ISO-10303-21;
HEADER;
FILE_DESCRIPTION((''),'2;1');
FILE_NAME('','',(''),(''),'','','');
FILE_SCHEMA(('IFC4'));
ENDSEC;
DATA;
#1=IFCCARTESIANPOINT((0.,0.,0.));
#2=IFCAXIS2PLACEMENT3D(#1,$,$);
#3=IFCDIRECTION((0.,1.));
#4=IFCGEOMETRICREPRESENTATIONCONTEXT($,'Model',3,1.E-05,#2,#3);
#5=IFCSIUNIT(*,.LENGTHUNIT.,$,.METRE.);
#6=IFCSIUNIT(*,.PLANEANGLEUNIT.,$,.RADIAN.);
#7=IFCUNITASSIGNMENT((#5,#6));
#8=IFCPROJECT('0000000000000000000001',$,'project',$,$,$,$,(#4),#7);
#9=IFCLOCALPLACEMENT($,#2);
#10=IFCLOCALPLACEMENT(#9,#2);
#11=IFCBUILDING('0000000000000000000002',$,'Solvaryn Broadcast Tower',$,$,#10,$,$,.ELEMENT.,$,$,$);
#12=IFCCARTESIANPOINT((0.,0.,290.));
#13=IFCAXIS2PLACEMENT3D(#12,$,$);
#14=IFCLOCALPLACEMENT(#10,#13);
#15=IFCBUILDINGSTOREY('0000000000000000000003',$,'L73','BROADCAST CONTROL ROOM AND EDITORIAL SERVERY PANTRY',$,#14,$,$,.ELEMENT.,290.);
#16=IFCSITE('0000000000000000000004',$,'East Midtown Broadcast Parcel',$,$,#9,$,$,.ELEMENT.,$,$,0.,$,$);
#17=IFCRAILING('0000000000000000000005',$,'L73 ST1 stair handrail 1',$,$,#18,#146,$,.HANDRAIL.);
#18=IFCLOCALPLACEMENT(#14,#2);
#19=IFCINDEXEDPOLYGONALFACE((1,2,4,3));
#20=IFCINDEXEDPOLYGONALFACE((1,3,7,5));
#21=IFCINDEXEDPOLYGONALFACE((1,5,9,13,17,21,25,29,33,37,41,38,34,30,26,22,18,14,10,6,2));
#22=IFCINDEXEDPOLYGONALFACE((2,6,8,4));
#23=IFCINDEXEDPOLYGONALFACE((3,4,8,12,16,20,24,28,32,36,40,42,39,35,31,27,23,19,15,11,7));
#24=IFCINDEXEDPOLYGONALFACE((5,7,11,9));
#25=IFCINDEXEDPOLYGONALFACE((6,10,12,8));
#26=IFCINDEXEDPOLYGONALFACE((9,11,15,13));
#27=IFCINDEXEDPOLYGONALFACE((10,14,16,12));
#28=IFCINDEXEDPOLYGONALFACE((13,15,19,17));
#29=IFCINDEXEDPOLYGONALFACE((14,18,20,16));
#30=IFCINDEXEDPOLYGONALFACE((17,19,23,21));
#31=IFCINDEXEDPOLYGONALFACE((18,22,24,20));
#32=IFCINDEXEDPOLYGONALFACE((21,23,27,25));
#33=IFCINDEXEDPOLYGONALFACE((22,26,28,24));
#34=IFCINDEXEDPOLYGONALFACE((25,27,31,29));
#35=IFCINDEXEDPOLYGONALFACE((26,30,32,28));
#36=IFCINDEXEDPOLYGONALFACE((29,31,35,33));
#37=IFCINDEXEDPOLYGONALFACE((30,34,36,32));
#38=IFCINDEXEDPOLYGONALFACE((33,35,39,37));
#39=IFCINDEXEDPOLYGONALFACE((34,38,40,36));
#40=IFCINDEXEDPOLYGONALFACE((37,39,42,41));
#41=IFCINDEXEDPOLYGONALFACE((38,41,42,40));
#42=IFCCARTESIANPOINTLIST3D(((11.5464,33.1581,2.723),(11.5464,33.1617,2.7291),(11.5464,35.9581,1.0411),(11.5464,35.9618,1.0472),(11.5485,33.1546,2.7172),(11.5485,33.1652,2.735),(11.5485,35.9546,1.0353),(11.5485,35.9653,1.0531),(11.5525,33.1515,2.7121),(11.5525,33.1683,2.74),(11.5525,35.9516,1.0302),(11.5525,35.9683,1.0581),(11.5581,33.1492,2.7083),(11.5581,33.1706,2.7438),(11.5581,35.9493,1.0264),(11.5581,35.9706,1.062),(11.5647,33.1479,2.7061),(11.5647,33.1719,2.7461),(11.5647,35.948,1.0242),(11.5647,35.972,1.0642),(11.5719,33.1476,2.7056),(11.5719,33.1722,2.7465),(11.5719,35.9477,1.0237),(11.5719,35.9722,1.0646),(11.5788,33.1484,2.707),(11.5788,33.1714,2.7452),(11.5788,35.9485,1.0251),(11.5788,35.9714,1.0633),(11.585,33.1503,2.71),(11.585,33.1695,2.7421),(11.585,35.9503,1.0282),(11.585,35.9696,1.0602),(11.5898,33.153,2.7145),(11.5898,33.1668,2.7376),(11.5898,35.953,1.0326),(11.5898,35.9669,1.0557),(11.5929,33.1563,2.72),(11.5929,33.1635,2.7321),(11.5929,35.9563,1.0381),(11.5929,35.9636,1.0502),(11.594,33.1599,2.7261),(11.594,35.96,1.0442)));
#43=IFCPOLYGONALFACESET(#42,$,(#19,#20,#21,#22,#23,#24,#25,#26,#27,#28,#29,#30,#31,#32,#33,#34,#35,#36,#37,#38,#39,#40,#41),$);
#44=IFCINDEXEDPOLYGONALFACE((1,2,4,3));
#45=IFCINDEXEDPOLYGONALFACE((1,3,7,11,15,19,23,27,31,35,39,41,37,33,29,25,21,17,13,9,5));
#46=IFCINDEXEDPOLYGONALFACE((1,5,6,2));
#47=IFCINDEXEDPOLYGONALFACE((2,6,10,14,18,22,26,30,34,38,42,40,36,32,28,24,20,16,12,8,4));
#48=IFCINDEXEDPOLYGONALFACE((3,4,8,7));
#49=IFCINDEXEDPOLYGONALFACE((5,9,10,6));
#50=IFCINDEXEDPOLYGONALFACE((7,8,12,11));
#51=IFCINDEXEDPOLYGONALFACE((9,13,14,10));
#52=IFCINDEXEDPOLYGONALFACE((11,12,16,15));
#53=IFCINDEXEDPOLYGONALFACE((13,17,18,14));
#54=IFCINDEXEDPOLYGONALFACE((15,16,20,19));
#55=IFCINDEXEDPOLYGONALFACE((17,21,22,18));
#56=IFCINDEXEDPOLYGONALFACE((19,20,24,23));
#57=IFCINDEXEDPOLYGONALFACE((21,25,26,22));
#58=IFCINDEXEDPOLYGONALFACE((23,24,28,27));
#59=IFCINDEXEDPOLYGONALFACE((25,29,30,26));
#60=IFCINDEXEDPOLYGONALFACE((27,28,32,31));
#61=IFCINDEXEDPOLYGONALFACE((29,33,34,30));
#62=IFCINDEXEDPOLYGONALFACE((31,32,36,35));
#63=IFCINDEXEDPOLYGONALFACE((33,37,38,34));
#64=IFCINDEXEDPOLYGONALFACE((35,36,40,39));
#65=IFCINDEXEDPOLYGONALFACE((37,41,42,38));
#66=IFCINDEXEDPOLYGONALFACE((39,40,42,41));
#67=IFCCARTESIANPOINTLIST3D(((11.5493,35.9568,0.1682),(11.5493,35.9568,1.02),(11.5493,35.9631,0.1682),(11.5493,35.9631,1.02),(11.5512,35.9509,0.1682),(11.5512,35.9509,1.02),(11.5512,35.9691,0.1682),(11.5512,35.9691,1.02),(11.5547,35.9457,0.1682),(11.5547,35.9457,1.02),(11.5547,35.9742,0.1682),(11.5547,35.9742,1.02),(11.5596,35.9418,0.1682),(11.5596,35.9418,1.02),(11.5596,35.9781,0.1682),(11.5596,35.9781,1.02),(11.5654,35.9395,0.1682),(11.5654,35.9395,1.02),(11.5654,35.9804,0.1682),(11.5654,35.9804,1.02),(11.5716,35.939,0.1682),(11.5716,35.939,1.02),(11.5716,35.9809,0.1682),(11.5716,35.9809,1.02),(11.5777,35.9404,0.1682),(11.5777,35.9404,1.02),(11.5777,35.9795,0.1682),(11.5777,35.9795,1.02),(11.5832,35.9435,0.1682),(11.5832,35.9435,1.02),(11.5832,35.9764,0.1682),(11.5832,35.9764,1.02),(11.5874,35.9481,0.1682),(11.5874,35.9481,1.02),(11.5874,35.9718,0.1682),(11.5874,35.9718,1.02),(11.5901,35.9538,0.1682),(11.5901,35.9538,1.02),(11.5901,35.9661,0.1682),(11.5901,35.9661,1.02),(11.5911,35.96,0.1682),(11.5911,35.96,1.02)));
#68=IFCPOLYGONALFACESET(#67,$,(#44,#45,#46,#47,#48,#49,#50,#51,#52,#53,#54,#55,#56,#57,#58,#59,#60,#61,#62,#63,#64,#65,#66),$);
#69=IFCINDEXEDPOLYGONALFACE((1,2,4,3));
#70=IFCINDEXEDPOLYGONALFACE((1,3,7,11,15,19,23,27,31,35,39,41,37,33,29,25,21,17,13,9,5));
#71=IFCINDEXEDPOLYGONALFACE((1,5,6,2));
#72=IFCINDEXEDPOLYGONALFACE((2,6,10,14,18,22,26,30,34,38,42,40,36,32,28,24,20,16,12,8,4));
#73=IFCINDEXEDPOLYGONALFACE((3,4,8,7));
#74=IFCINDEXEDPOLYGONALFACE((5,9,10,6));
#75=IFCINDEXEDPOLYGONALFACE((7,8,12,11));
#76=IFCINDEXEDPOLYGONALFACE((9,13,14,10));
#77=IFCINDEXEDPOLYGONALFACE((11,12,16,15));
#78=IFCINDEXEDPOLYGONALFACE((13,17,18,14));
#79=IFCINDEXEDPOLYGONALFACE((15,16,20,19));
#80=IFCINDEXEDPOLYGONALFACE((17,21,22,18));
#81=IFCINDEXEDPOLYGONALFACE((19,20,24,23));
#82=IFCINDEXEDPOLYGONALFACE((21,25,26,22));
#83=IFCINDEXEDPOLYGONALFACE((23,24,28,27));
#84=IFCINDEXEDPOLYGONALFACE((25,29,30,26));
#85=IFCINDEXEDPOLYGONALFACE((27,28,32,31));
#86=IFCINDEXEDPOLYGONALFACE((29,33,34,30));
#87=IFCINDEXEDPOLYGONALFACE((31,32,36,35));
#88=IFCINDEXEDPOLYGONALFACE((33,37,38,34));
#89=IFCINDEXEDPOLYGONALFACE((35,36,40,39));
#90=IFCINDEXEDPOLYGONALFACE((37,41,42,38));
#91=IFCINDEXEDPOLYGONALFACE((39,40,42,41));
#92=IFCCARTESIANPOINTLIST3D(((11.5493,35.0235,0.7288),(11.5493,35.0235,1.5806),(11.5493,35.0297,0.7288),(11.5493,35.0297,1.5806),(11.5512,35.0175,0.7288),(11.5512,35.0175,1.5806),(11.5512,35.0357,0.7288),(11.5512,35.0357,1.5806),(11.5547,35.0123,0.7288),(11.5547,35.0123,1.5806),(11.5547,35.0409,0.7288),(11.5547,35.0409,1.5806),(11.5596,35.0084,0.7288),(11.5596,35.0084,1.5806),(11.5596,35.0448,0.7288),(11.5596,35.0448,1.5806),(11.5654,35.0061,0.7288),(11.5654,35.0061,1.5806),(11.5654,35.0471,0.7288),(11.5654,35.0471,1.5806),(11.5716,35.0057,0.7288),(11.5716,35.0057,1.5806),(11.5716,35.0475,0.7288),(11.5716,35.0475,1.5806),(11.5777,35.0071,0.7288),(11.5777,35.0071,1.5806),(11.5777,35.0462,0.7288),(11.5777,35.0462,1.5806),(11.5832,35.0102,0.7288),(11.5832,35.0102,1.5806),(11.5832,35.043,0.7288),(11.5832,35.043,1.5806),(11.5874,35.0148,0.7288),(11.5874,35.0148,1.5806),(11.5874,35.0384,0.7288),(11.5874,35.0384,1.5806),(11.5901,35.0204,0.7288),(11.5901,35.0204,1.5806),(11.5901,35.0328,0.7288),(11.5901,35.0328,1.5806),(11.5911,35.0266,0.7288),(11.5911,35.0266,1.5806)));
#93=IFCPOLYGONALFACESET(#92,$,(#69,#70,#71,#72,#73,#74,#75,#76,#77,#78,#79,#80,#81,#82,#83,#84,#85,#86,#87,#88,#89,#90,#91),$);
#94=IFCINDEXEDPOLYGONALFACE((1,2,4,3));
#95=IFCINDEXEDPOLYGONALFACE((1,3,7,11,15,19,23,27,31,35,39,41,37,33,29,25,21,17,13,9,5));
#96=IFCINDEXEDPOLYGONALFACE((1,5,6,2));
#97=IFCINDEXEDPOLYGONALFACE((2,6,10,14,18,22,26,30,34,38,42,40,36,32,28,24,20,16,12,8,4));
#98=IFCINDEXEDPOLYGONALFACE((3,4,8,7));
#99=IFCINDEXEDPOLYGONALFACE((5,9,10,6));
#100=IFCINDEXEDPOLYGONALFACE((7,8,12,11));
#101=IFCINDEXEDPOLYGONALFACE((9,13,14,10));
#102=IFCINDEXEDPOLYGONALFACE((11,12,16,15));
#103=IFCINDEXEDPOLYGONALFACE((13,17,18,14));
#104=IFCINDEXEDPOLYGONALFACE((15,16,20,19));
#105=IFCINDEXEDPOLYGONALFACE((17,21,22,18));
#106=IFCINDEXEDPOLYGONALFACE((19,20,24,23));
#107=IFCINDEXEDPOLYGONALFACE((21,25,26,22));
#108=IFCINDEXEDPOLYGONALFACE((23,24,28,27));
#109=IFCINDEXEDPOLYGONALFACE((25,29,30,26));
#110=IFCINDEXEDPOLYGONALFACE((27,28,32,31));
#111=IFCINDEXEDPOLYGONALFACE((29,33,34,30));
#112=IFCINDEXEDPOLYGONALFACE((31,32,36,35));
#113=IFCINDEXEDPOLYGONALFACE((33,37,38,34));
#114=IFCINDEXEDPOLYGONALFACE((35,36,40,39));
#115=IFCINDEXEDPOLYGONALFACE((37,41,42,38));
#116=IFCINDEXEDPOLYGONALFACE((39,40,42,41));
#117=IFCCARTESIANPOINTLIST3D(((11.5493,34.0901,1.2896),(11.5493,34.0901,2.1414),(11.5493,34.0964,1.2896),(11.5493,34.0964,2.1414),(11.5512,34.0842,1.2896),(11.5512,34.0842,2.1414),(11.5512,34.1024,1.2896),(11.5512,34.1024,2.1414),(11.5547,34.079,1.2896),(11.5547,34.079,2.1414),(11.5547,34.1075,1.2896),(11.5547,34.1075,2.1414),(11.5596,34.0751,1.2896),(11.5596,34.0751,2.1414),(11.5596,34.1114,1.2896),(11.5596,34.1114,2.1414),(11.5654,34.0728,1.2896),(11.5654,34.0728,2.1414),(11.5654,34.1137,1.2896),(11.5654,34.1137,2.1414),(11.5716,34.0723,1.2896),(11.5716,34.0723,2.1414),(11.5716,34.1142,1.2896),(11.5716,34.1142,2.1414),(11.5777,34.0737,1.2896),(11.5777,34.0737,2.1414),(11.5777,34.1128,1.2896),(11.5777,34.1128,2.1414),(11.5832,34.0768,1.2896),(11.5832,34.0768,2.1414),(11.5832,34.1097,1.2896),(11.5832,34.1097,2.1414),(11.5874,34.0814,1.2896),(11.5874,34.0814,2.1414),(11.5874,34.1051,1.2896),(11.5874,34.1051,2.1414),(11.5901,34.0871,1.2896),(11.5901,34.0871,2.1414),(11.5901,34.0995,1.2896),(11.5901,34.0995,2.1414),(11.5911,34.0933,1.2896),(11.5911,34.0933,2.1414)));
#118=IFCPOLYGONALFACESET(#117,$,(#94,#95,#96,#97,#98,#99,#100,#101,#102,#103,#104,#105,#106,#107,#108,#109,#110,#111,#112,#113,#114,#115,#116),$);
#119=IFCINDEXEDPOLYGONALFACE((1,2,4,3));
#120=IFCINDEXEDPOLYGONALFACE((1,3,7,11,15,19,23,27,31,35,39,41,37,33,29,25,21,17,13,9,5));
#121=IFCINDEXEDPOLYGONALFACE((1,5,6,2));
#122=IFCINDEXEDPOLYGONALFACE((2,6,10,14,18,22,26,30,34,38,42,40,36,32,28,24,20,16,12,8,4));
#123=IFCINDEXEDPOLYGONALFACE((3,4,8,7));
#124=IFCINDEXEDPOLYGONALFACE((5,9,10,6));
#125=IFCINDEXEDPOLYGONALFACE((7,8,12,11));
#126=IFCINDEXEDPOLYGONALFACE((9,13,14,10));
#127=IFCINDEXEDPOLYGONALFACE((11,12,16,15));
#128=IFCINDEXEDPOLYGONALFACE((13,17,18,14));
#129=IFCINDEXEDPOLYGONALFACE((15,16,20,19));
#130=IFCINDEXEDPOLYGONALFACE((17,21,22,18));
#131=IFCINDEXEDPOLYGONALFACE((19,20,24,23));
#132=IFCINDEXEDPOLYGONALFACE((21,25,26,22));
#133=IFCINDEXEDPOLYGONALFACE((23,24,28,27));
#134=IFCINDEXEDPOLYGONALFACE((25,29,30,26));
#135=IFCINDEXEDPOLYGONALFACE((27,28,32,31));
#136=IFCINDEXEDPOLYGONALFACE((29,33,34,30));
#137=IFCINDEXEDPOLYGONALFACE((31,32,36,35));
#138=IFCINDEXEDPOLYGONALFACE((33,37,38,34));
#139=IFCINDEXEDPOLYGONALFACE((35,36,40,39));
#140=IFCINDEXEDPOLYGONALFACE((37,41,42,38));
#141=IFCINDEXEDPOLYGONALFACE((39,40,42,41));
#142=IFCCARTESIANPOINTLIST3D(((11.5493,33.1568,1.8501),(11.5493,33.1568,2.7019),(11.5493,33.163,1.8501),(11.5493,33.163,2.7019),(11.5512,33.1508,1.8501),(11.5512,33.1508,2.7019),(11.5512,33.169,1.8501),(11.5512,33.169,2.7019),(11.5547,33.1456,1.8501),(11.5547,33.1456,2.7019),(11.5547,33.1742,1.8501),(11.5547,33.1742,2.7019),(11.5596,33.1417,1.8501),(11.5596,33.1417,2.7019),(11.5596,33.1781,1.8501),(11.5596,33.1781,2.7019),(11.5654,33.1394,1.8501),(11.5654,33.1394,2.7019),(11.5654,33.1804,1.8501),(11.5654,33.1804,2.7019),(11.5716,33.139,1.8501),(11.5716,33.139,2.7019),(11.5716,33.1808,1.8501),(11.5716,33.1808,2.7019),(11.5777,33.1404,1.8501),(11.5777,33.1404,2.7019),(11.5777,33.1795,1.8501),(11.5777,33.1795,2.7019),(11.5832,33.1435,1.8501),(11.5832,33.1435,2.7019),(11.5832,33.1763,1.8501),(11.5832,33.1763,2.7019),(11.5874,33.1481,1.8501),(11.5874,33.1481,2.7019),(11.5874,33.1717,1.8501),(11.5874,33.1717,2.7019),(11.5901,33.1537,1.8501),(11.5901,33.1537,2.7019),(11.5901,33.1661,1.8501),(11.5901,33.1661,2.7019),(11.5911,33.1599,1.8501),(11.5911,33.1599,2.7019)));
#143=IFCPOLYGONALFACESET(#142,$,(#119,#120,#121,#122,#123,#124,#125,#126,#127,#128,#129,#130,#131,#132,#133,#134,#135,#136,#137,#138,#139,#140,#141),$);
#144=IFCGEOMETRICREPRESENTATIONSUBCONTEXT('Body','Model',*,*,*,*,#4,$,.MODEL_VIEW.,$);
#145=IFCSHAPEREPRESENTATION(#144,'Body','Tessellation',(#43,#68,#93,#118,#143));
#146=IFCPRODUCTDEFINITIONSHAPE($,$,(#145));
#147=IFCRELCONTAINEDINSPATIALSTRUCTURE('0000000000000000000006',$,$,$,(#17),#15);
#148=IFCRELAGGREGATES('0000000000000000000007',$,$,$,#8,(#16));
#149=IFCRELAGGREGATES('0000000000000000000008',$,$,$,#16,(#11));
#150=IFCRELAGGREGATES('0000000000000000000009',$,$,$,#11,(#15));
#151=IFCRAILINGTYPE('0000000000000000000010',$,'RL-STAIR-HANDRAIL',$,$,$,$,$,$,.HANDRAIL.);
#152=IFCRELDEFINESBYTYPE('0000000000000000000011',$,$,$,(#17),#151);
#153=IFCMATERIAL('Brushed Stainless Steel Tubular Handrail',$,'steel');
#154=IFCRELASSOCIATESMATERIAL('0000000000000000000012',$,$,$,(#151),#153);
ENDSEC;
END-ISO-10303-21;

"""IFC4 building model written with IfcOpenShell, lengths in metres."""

from ifc_helpers import new_model, si_unit, direction, frame, origin, origin_2d, place, context, subcontext, project, spatial, circle, extrude, material, type_object, element, save


model = new_model("IFC4")

# Units and contexts
model_context = context("Model", 3, precision=1e-05, world=origin(), true_north=direction((0.0, 1.0)))
body_context = subcontext(model_context, "Body", "Model", "MODEL_VIEW")
ifc_project = project(units=[si_unit("LENGTHUNIT", "METRE"), si_unit("PLANEANGLEUNIT", "RADIAN")], contexts=[model_context])

# Site, building, storey
site_placement = place(None, origin())
site = spatial("IfcSite", under=ifc_project, at=site_placement, Name="East Midtown Broadcast Parcel", CompositionType="ELEMENT", RefElevation=0.0)
building_placement = place(site_placement, origin())
building = spatial("IfcBuilding", under=site, at=building_placement, Name="Solvaryn Broadcast Tower", CompositionType="ELEMENT")
storey_placement = place(building_placement, frame((0.0, 0.0, 290.0)))
storey = spatial("IfcBuildingStorey", under=building, at=storey_placement, Name="L73", Description="BROADCAST CONTROL ROOM AND EDITORIAL SERVERY PANTRY", CompositionType="ELEMENT", Elevation=290.0)

# Railing
ifc_material_1 = material(Name="Brushed Stainless Steel Tubular Handrail", Category="steel")
railing_type_1 = type_object("IfcRailingType", Name="RL-STAIR-HANDRAIL", PredefinedType="HANDRAIL", material=ifc_material_1)
railing_1_placement = place(storey_placement, frame((11.5701, 35.96, 0.1682)))
element("IfcRailing", 1, at=railing_1_placement, inside=storey, type_object=railing_type_1, Name="L73 ST1 stair handrail 1", PredefinedType="HANDRAIL", context=body_context, shape_type="SweptSolid", body=[
    extrude(circle(Radius=0.0239, at=origin_2d()), frame((0.0, 0.0, 0.876), z_axis=(0.0, -0.857242, 0.514913), x_axis=(1.0, 0.0, 0.0)), (0.0, 0.0, 1.0), 3.2664),
    extrude(circle(Radius=0.021, at=origin_2d()), origin(), (0.0, 0.0, 1.0), 0.8518),
    extrude(circle(Radius=0.021, at=origin_2d()), frame((0.0, -0.9333, 0.5605)), (0.0, 0.0, 1.0), 0.8518),
    extrude(circle(Radius=0.021, at=origin_2d()), frame((0.0, -1.8667, 1.1213)), (0.0, 0.0, 1.0), 0.8518),
    extrude(circle(Radius=0.021, at=origin_2d()), frame((0.0, -2.8, 1.6819)), (0.0, 0.0, 1.0), 0.8518),
])

save(model, "model.ifc")
